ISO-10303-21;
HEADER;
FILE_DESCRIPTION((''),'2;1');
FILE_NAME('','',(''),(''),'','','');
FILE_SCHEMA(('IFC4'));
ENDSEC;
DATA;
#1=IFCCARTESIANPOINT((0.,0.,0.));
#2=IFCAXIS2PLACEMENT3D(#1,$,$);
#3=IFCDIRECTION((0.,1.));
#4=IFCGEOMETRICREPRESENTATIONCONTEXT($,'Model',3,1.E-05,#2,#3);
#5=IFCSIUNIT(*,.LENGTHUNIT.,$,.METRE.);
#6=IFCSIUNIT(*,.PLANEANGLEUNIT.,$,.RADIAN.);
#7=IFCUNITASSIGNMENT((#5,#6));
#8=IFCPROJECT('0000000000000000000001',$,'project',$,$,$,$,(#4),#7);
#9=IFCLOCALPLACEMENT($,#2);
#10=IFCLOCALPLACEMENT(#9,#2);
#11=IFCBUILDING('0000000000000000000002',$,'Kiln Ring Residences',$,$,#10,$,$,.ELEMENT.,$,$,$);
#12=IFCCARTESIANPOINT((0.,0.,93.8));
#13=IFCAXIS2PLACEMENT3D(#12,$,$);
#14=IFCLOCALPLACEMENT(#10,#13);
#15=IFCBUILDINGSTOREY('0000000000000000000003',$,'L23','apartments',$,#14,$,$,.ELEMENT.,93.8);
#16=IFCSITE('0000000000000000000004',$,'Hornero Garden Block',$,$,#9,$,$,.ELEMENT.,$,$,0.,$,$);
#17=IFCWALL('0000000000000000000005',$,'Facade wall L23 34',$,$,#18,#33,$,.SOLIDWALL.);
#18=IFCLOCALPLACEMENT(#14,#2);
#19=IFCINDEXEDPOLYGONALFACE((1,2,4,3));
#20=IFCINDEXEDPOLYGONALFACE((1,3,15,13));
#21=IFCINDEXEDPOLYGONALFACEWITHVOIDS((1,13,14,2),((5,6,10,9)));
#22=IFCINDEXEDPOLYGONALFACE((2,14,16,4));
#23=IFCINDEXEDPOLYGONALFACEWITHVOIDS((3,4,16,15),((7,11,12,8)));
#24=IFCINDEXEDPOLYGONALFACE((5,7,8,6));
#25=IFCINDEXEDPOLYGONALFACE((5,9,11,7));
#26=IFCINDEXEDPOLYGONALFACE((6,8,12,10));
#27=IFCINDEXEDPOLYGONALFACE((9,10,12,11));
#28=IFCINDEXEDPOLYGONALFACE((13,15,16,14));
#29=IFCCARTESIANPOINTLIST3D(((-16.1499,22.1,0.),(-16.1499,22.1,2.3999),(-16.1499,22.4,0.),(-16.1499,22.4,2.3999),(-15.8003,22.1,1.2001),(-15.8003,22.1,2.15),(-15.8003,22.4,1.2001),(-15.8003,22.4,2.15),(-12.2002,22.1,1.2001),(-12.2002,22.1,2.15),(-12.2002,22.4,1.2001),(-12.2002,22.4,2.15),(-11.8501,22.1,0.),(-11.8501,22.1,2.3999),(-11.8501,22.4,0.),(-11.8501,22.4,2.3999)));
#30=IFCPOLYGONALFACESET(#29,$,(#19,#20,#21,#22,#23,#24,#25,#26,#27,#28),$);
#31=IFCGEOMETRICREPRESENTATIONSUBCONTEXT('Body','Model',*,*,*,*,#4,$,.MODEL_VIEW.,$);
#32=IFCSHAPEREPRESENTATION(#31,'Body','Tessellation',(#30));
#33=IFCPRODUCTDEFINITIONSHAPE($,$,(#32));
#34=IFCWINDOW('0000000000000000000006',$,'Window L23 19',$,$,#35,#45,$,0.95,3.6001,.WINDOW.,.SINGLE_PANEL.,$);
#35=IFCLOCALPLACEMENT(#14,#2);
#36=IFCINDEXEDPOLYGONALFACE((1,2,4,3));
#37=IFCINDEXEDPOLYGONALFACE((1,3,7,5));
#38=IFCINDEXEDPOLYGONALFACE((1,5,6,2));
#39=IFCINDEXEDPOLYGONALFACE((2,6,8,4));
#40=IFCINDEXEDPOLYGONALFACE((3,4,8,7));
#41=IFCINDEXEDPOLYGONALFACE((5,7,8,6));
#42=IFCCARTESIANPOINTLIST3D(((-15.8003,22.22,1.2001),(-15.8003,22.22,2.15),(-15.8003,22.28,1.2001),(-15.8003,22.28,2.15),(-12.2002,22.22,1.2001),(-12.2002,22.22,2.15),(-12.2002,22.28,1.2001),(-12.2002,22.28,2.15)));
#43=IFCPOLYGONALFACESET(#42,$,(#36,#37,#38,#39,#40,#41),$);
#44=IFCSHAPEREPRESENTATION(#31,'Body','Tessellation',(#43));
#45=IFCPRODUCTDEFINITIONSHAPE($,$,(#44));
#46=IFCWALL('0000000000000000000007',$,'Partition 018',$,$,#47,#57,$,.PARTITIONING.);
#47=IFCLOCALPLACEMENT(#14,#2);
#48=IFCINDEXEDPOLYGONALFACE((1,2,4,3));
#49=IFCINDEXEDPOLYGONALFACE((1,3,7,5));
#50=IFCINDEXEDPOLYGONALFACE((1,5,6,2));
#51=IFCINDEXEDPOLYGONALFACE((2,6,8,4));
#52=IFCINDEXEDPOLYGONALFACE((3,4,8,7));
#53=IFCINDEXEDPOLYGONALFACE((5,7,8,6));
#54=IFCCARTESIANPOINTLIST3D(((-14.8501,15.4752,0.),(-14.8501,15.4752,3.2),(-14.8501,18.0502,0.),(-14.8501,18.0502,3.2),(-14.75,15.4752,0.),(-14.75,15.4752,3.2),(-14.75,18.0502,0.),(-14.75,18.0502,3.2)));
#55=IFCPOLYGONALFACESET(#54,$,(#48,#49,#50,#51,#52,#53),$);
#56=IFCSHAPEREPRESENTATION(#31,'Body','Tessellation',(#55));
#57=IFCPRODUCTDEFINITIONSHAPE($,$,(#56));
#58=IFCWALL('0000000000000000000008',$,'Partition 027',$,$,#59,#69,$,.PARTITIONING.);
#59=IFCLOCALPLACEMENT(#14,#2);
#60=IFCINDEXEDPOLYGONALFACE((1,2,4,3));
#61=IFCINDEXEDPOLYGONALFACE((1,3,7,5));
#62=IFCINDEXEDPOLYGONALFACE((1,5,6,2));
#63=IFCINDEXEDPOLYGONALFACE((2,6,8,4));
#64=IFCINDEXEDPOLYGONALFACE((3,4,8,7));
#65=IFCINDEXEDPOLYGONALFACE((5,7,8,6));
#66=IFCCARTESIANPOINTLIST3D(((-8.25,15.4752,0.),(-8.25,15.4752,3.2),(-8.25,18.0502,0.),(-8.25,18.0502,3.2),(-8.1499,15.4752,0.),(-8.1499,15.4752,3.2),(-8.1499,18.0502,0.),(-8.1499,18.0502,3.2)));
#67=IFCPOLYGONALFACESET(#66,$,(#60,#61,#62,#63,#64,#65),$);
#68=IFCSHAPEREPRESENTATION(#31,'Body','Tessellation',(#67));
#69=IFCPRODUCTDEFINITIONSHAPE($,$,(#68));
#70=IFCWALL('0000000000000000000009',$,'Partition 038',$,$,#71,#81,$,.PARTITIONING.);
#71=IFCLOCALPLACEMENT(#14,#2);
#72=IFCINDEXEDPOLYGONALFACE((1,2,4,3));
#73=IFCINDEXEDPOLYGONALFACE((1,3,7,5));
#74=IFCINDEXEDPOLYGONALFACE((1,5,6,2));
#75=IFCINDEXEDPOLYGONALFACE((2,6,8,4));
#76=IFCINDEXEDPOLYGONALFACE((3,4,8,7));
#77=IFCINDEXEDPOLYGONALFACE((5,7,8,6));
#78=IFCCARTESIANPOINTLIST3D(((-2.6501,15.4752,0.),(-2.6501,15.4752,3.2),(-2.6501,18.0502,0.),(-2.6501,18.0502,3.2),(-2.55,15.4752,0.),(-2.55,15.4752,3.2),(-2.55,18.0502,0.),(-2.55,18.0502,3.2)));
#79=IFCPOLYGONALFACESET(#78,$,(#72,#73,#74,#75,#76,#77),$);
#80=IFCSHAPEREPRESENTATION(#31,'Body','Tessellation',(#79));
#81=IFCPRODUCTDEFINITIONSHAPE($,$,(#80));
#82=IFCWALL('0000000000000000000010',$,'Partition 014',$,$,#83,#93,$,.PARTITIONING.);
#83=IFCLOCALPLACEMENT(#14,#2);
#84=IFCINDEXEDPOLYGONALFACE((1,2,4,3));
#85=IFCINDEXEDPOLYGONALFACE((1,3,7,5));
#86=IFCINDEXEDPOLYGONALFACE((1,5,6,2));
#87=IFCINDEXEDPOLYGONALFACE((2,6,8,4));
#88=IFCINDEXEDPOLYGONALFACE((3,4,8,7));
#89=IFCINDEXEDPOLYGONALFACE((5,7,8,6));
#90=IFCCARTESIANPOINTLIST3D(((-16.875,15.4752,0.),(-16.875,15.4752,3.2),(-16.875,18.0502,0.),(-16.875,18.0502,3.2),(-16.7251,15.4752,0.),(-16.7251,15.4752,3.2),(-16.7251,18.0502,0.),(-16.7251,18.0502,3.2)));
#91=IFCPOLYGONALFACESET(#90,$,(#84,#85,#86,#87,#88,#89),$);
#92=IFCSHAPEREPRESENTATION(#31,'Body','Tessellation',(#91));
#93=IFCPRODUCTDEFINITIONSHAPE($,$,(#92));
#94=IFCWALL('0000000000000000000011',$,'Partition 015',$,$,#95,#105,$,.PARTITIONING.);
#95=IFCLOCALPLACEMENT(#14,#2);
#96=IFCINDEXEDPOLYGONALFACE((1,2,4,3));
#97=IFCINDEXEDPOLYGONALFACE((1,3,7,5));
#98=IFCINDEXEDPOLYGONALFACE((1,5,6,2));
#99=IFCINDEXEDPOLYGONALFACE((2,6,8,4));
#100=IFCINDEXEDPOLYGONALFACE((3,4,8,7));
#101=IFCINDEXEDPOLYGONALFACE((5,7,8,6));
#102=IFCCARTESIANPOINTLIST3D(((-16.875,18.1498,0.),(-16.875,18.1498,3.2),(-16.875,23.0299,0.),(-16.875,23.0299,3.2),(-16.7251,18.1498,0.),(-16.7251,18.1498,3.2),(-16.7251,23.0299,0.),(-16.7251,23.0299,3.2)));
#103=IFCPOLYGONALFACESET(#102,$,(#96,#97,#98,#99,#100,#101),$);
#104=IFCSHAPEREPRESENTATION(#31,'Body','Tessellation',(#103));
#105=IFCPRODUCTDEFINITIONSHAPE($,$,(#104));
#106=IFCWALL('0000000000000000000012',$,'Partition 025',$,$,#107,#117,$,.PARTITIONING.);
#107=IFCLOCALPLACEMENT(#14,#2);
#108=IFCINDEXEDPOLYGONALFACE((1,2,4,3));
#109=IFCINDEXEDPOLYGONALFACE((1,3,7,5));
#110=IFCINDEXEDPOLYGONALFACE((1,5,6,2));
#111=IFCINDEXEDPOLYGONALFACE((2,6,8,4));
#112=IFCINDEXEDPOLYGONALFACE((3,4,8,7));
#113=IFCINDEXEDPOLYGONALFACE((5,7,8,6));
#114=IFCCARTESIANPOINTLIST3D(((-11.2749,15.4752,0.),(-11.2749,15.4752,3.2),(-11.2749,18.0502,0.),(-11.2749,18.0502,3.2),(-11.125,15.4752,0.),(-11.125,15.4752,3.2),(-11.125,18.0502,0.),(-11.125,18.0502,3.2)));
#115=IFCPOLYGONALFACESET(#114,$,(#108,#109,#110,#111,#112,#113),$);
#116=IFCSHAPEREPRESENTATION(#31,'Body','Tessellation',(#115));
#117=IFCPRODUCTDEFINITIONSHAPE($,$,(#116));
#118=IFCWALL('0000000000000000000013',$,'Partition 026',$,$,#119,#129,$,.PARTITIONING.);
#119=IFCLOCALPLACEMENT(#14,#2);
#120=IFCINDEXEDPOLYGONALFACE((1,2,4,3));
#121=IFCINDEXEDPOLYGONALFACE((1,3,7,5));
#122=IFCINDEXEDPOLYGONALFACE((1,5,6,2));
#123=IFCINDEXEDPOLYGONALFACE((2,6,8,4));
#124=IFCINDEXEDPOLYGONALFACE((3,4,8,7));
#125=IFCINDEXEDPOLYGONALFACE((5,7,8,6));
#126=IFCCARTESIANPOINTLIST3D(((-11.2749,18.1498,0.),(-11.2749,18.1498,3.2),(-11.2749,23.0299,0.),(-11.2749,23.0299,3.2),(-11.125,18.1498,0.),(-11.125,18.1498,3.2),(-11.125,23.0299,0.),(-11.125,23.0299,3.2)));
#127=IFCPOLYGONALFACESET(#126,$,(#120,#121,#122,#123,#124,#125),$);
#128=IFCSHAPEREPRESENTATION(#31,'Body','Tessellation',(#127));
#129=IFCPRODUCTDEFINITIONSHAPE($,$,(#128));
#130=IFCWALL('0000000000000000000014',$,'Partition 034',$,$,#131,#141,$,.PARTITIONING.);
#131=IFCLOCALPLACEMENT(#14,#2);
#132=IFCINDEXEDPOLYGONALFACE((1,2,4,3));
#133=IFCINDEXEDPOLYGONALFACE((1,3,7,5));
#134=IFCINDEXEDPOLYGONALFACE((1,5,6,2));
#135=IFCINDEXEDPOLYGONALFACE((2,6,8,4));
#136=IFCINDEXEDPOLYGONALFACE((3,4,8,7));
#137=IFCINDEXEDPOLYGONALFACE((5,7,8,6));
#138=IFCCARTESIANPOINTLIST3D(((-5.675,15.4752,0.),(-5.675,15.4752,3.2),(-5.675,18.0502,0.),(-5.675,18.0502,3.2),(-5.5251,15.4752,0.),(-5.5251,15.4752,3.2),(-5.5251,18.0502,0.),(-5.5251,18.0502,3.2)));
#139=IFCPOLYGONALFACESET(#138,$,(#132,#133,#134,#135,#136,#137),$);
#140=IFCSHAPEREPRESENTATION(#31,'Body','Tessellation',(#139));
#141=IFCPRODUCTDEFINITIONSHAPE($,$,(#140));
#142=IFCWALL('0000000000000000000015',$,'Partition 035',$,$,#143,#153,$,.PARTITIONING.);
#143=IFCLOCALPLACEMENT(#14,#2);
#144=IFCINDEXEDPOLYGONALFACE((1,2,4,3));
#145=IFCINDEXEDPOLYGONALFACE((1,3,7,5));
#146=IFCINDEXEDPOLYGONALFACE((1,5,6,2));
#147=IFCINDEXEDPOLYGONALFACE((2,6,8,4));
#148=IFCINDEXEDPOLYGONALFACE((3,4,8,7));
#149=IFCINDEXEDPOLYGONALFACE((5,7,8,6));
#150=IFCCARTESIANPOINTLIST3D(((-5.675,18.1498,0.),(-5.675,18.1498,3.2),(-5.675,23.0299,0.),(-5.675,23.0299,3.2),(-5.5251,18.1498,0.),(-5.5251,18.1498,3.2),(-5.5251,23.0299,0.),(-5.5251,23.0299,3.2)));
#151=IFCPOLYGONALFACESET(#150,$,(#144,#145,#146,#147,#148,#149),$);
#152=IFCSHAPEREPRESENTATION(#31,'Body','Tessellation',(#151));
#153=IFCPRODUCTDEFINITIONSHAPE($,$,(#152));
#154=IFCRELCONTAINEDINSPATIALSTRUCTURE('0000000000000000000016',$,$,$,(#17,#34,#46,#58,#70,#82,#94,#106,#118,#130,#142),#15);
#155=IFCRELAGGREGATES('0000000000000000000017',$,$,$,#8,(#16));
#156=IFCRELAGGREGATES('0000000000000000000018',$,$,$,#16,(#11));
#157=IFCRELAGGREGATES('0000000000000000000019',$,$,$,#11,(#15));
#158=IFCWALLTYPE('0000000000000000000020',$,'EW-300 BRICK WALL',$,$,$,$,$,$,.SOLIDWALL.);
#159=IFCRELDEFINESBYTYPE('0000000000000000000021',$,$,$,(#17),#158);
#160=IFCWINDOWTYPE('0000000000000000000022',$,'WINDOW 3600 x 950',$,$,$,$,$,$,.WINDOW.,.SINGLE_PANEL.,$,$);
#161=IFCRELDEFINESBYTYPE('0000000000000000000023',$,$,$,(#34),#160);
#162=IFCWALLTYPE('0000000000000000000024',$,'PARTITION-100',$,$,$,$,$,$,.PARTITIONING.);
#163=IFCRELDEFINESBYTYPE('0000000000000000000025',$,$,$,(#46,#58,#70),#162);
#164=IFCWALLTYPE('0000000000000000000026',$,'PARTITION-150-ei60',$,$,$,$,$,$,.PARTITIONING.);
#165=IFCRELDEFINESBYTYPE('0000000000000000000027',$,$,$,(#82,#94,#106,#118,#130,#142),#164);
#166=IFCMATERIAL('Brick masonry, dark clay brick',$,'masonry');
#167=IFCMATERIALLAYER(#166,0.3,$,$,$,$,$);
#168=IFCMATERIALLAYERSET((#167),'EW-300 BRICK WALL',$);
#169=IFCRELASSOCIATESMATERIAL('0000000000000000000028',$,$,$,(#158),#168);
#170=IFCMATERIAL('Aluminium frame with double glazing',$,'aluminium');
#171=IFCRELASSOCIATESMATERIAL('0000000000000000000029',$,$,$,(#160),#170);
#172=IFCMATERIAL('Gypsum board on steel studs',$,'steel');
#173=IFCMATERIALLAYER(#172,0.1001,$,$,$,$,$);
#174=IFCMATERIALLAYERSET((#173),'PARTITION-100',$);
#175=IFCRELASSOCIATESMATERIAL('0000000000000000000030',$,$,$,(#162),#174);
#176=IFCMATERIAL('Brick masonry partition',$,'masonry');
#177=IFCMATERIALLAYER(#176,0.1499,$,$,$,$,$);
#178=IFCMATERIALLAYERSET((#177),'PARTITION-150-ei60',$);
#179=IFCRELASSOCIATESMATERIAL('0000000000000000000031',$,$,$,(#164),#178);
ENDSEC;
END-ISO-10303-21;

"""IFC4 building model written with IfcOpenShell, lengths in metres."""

from ifc_helpers import new_model, si_unit, direction, frame, frame_2d, origin, place, context, subcontext, project, spatial, rectangle, extrude, material, layer, layer_set, type_object, element, fill, save


model = new_model("IFC4")

# Units and contexts
model_context = context("Model", 3, precision=1e-05, world=origin(), true_north=direction((0.0, 1.0)))
body_context = subcontext(model_context, "Body", "Model", "MODEL_VIEW")
ifc_project = project(units=[si_unit("LENGTHUNIT", "METRE"), si_unit("PLANEANGLEUNIT", "RADIAN")], contexts=[model_context])

# Site, building, storey
site_placement = place(None, origin())
site = spatial("IfcSite", under=ifc_project, at=site_placement, Name="Hornero Garden Block", CompositionType="ELEMENT", RefElevation=0.0)
building_placement = place(site_placement, origin())
building = spatial("IfcBuilding", under=site, at=building_placement, Name="Kiln Ring Residences", CompositionType="ELEMENT")
storey_placement = place(building_placement, frame((0.0, 0.0, 93.8)))
storey = spatial("IfcBuildingStorey", under=building, at=storey_placement, Name="L23", Description="apartments", CompositionType="ELEMENT", Elevation=93.8)

# Wall, opening, window
ifc_material_1 = material(Name="Brick masonry, dark clay brick", Category="masonry")
ifc_layer_1 = layer(ifc_material_1, 0.3)
ifc_layer_set_1 = layer_set([ifc_layer_1], Name="EW-300 BRICK WALL")
wall_type_1 = type_object("IfcWallType", Name="EW-300 BRICK WALL", PredefinedType="SOLIDWALL", material=ifc_layer_set_1)
ifc_material_2 = material(Name="Aluminium frame with double glazing", Category="aluminium")
window_type = type_object("IfcWindowType", Name="WINDOW 3600 x 950", PartitioningType="SINGLE_PANEL", PredefinedType="WINDOW", material=ifc_material_2)
wall_1_placement = place(storey_placement, frame((-11.8501, 22.25, 0.0), z_axis=(0.0, 0.0, 1.0), x_axis=(-1.0, 0.0, 0.0)))
wall_1 = element("IfcWall", 1, at=wall_1_placement, inside=storey, type_object=wall_type_1, Name="Facade wall L23 34", PredefinedType="SOLIDWALL", context=body_context, shape_type="SweptSolid", body=[
    extrude(rectangle(XDim=4.2998, YDim=0.3, at=frame_2d((2.1499, 0.0))), origin(), (0.0, 0.0, 1.0), 2.3999),
])
opening_1_placement = place(wall_1_placement, frame((0.3501, 0.0, 1.2)))
opening_1 = element("IfcOpeningElement", 2, at=opening_1_placement, cuts=wall_1, PredefinedType="OPENING", context=body_context, shape_type="SweptSolid", body=[
    extrude(rectangle(XDim=3.6001, YDim=0.95, at=frame_2d((1.8, 0.4751))), frame((0.0, 0.1599, 0.0), z_axis=(0.0, -1.0, 0.0), x_axis=(1.0, 0.0, 0.0)), (0.0, 0.0, 1.0), 0.3201),
])
window_1_placement = place(opening_1_placement, origin())
window_1 = element("IfcWindow", 3, at=window_1_placement, inside=storey, type_object=window_type, Name="Window L23 19", OverallHeight=0.95, OverallWidth=3.6001, PartitioningType="SINGLE_PANEL", PredefinedType="WINDOW", context=body_context, shape_type="SweptSolid", body=[
    extrude(rectangle(XDim=3.6001, YDim=0.95, at=frame_2d((1.8, 0.4751))), frame((0.0, 0.03, 0.0), z_axis=(0.0, -1.0, 0.0), x_axis=(1.0, 0.0, 0.0)), (0.0, 0.0, 1.0), 0.0601),
])
fill(opening_1, window_1)

# Walls
ifc_material_3 = material(Name="Gypsum board on steel studs", Category="steel")
ifc_layer_2 = layer(ifc_material_3, 0.1001)
ifc_layer_set_2 = layer_set([ifc_layer_2], Name="PARTITION-100")
wall_type_2 = type_object("IfcWallType", Name="PARTITION-100", PredefinedType="PARTITIONING", material=ifc_layer_set_2)
for number, where, z_axis, x_axis, name in (
    (4, (-14.8, 15.4751, 0.0), (0.0, 0.0, 1.0), (0.0, 1.0, 0.0), "Partition 018"),
    (5, (-8.2, 15.4751, 0.0), (0.0, 0.0, 1.0), (0.0, 1.0, 0.0), "Partition 027"),
    (6, (-2.6001, 15.4751, 0.0), (0.0, 0.0, 1.0), (0.0, 1.0, 0.0), "Partition 038"),
):
    element("IfcWall", number, at=place(storey_placement, frame(where, z_axis=z_axis, x_axis=x_axis)), inside=storey, type_object=wall_type_2, Name=name, PredefinedType="PARTITIONING", context=body_context, shape_type="SweptSolid", body=[
        extrude(rectangle(XDim=2.575, YDim=0.1001, at=frame_2d((1.2876, 0.0))), origin(), (0.0, 0.0, 1.0), 3.2),
    ])
ifc_material_4 = material(Name="Brick masonry partition", Category="masonry")
ifc_layer_3 = layer(ifc_material_4, 0.1499)
ifc_layer_set_3 = layer_set([ifc_layer_3], Name="PARTITION-150-ei60")
wall_type_3 = type_object("IfcWallType", Name="PARTITION-150-ei60", PredefinedType="PARTITIONING", material=ifc_layer_set_3)
wall_2_placement = place(storey_placement, frame((-16.8, 15.4751, 0.0), z_axis=(0.0, 0.0, 1.0), x_axis=(0.0, 1.0, 0.0)))
element("IfcWall", 7, at=wall_2_placement, inside=storey, type_object=wall_type_3, Name="Partition 014", PredefinedType="PARTITIONING", context=body_context, shape_type="SweptSolid", body=[
    extrude(rectangle(XDim=2.575, YDim=0.1499, at=frame_2d((1.2876, 0.0))), origin(), (0.0, 0.0, 1.0), 3.2),
])
wall_3_placement = place(storey_placement, frame((-16.8, 18.1499, 0.0), z_axis=(0.0, 0.0, 1.0), x_axis=(0.0, 1.0, 0.0)))
element("IfcWall", 8, at=wall_3_placement, inside=storey, type_object=wall_type_3, Name="Partition 015", PredefinedType="PARTITIONING", context=body_context, shape_type="SweptSolid", body=[
    extrude(rectangle(XDim=4.8801, YDim=0.1499, at=frame_2d((2.4399, 0.0))), origin(), (0.0, 0.0, 1.0), 3.2),
])
wall_4_placement = place(storey_placement, frame((-11.2, 15.4751, 0.0), z_axis=(0.0, 0.0, 1.0), x_axis=(0.0, 1.0, 0.0)))
element("IfcWall", 9, at=wall_4_placement, inside=storey, type_object=wall_type_3, Name="Partition 025", PredefinedType="PARTITIONING", context=body_context, shape_type="SweptSolid", body=[
    extrude(rectangle(XDim=2.575, YDim=0.1499, at=frame_2d((1.2876, 0.0))), origin(), (0.0, 0.0, 1.0), 3.2),
])
wall_5_placement = place(storey_placement, frame((-11.2, 18.1499, 0.0), z_axis=(0.0, 0.0, 1.0), x_axis=(0.0, 1.0, 0.0)))
element("IfcWall", 10, at=wall_5_placement, inside=storey, type_object=wall_type_3, Name="Partition 026", PredefinedType="PARTITIONING", context=body_context, shape_type="SweptSolid", body=[
    extrude(rectangle(XDim=4.8801, YDim=0.1499, at=frame_2d((2.4399, 0.0))), origin(), (0.0, 0.0, 1.0), 3.2),
])
wall_6_placement = place(storey_placement, frame((-5.6001, 15.4751, 0.0), z_axis=(0.0, 0.0, 1.0), x_axis=(0.0, 1.0, 0.0)))
element("IfcWall", 11, at=wall_6_placement, inside=storey, type_object=wall_type_3, Name="Partition 034", PredefinedType="PARTITIONING", context=body_context, shape_type="SweptSolid", body=[
    extrude(rectangle(XDim=2.575, YDim=0.1499, at=frame_2d((1.2876, 0.0))), origin(), (0.0, 0.0, 1.0), 3.2),
])
wall_7_placement = place(storey_placement, frame((-5.6001, 18.1499, 0.0), z_axis=(0.0, 0.0, 1.0), x_axis=(0.0, 1.0, 0.0)))
element("IfcWall", 12, at=wall_7_placement, inside=storey, type_object=wall_type_3, Name="Partition 035", PredefinedType="PARTITIONING", context=body_context, shape_type="SweptSolid", body=[
    extrude(rectangle(XDim=4.8801, YDim=0.1499, at=frame_2d((2.4399, 0.0))), origin(), (0.0, 0.0, 1.0), 3.2),
])

save(model, "model.ifc")
